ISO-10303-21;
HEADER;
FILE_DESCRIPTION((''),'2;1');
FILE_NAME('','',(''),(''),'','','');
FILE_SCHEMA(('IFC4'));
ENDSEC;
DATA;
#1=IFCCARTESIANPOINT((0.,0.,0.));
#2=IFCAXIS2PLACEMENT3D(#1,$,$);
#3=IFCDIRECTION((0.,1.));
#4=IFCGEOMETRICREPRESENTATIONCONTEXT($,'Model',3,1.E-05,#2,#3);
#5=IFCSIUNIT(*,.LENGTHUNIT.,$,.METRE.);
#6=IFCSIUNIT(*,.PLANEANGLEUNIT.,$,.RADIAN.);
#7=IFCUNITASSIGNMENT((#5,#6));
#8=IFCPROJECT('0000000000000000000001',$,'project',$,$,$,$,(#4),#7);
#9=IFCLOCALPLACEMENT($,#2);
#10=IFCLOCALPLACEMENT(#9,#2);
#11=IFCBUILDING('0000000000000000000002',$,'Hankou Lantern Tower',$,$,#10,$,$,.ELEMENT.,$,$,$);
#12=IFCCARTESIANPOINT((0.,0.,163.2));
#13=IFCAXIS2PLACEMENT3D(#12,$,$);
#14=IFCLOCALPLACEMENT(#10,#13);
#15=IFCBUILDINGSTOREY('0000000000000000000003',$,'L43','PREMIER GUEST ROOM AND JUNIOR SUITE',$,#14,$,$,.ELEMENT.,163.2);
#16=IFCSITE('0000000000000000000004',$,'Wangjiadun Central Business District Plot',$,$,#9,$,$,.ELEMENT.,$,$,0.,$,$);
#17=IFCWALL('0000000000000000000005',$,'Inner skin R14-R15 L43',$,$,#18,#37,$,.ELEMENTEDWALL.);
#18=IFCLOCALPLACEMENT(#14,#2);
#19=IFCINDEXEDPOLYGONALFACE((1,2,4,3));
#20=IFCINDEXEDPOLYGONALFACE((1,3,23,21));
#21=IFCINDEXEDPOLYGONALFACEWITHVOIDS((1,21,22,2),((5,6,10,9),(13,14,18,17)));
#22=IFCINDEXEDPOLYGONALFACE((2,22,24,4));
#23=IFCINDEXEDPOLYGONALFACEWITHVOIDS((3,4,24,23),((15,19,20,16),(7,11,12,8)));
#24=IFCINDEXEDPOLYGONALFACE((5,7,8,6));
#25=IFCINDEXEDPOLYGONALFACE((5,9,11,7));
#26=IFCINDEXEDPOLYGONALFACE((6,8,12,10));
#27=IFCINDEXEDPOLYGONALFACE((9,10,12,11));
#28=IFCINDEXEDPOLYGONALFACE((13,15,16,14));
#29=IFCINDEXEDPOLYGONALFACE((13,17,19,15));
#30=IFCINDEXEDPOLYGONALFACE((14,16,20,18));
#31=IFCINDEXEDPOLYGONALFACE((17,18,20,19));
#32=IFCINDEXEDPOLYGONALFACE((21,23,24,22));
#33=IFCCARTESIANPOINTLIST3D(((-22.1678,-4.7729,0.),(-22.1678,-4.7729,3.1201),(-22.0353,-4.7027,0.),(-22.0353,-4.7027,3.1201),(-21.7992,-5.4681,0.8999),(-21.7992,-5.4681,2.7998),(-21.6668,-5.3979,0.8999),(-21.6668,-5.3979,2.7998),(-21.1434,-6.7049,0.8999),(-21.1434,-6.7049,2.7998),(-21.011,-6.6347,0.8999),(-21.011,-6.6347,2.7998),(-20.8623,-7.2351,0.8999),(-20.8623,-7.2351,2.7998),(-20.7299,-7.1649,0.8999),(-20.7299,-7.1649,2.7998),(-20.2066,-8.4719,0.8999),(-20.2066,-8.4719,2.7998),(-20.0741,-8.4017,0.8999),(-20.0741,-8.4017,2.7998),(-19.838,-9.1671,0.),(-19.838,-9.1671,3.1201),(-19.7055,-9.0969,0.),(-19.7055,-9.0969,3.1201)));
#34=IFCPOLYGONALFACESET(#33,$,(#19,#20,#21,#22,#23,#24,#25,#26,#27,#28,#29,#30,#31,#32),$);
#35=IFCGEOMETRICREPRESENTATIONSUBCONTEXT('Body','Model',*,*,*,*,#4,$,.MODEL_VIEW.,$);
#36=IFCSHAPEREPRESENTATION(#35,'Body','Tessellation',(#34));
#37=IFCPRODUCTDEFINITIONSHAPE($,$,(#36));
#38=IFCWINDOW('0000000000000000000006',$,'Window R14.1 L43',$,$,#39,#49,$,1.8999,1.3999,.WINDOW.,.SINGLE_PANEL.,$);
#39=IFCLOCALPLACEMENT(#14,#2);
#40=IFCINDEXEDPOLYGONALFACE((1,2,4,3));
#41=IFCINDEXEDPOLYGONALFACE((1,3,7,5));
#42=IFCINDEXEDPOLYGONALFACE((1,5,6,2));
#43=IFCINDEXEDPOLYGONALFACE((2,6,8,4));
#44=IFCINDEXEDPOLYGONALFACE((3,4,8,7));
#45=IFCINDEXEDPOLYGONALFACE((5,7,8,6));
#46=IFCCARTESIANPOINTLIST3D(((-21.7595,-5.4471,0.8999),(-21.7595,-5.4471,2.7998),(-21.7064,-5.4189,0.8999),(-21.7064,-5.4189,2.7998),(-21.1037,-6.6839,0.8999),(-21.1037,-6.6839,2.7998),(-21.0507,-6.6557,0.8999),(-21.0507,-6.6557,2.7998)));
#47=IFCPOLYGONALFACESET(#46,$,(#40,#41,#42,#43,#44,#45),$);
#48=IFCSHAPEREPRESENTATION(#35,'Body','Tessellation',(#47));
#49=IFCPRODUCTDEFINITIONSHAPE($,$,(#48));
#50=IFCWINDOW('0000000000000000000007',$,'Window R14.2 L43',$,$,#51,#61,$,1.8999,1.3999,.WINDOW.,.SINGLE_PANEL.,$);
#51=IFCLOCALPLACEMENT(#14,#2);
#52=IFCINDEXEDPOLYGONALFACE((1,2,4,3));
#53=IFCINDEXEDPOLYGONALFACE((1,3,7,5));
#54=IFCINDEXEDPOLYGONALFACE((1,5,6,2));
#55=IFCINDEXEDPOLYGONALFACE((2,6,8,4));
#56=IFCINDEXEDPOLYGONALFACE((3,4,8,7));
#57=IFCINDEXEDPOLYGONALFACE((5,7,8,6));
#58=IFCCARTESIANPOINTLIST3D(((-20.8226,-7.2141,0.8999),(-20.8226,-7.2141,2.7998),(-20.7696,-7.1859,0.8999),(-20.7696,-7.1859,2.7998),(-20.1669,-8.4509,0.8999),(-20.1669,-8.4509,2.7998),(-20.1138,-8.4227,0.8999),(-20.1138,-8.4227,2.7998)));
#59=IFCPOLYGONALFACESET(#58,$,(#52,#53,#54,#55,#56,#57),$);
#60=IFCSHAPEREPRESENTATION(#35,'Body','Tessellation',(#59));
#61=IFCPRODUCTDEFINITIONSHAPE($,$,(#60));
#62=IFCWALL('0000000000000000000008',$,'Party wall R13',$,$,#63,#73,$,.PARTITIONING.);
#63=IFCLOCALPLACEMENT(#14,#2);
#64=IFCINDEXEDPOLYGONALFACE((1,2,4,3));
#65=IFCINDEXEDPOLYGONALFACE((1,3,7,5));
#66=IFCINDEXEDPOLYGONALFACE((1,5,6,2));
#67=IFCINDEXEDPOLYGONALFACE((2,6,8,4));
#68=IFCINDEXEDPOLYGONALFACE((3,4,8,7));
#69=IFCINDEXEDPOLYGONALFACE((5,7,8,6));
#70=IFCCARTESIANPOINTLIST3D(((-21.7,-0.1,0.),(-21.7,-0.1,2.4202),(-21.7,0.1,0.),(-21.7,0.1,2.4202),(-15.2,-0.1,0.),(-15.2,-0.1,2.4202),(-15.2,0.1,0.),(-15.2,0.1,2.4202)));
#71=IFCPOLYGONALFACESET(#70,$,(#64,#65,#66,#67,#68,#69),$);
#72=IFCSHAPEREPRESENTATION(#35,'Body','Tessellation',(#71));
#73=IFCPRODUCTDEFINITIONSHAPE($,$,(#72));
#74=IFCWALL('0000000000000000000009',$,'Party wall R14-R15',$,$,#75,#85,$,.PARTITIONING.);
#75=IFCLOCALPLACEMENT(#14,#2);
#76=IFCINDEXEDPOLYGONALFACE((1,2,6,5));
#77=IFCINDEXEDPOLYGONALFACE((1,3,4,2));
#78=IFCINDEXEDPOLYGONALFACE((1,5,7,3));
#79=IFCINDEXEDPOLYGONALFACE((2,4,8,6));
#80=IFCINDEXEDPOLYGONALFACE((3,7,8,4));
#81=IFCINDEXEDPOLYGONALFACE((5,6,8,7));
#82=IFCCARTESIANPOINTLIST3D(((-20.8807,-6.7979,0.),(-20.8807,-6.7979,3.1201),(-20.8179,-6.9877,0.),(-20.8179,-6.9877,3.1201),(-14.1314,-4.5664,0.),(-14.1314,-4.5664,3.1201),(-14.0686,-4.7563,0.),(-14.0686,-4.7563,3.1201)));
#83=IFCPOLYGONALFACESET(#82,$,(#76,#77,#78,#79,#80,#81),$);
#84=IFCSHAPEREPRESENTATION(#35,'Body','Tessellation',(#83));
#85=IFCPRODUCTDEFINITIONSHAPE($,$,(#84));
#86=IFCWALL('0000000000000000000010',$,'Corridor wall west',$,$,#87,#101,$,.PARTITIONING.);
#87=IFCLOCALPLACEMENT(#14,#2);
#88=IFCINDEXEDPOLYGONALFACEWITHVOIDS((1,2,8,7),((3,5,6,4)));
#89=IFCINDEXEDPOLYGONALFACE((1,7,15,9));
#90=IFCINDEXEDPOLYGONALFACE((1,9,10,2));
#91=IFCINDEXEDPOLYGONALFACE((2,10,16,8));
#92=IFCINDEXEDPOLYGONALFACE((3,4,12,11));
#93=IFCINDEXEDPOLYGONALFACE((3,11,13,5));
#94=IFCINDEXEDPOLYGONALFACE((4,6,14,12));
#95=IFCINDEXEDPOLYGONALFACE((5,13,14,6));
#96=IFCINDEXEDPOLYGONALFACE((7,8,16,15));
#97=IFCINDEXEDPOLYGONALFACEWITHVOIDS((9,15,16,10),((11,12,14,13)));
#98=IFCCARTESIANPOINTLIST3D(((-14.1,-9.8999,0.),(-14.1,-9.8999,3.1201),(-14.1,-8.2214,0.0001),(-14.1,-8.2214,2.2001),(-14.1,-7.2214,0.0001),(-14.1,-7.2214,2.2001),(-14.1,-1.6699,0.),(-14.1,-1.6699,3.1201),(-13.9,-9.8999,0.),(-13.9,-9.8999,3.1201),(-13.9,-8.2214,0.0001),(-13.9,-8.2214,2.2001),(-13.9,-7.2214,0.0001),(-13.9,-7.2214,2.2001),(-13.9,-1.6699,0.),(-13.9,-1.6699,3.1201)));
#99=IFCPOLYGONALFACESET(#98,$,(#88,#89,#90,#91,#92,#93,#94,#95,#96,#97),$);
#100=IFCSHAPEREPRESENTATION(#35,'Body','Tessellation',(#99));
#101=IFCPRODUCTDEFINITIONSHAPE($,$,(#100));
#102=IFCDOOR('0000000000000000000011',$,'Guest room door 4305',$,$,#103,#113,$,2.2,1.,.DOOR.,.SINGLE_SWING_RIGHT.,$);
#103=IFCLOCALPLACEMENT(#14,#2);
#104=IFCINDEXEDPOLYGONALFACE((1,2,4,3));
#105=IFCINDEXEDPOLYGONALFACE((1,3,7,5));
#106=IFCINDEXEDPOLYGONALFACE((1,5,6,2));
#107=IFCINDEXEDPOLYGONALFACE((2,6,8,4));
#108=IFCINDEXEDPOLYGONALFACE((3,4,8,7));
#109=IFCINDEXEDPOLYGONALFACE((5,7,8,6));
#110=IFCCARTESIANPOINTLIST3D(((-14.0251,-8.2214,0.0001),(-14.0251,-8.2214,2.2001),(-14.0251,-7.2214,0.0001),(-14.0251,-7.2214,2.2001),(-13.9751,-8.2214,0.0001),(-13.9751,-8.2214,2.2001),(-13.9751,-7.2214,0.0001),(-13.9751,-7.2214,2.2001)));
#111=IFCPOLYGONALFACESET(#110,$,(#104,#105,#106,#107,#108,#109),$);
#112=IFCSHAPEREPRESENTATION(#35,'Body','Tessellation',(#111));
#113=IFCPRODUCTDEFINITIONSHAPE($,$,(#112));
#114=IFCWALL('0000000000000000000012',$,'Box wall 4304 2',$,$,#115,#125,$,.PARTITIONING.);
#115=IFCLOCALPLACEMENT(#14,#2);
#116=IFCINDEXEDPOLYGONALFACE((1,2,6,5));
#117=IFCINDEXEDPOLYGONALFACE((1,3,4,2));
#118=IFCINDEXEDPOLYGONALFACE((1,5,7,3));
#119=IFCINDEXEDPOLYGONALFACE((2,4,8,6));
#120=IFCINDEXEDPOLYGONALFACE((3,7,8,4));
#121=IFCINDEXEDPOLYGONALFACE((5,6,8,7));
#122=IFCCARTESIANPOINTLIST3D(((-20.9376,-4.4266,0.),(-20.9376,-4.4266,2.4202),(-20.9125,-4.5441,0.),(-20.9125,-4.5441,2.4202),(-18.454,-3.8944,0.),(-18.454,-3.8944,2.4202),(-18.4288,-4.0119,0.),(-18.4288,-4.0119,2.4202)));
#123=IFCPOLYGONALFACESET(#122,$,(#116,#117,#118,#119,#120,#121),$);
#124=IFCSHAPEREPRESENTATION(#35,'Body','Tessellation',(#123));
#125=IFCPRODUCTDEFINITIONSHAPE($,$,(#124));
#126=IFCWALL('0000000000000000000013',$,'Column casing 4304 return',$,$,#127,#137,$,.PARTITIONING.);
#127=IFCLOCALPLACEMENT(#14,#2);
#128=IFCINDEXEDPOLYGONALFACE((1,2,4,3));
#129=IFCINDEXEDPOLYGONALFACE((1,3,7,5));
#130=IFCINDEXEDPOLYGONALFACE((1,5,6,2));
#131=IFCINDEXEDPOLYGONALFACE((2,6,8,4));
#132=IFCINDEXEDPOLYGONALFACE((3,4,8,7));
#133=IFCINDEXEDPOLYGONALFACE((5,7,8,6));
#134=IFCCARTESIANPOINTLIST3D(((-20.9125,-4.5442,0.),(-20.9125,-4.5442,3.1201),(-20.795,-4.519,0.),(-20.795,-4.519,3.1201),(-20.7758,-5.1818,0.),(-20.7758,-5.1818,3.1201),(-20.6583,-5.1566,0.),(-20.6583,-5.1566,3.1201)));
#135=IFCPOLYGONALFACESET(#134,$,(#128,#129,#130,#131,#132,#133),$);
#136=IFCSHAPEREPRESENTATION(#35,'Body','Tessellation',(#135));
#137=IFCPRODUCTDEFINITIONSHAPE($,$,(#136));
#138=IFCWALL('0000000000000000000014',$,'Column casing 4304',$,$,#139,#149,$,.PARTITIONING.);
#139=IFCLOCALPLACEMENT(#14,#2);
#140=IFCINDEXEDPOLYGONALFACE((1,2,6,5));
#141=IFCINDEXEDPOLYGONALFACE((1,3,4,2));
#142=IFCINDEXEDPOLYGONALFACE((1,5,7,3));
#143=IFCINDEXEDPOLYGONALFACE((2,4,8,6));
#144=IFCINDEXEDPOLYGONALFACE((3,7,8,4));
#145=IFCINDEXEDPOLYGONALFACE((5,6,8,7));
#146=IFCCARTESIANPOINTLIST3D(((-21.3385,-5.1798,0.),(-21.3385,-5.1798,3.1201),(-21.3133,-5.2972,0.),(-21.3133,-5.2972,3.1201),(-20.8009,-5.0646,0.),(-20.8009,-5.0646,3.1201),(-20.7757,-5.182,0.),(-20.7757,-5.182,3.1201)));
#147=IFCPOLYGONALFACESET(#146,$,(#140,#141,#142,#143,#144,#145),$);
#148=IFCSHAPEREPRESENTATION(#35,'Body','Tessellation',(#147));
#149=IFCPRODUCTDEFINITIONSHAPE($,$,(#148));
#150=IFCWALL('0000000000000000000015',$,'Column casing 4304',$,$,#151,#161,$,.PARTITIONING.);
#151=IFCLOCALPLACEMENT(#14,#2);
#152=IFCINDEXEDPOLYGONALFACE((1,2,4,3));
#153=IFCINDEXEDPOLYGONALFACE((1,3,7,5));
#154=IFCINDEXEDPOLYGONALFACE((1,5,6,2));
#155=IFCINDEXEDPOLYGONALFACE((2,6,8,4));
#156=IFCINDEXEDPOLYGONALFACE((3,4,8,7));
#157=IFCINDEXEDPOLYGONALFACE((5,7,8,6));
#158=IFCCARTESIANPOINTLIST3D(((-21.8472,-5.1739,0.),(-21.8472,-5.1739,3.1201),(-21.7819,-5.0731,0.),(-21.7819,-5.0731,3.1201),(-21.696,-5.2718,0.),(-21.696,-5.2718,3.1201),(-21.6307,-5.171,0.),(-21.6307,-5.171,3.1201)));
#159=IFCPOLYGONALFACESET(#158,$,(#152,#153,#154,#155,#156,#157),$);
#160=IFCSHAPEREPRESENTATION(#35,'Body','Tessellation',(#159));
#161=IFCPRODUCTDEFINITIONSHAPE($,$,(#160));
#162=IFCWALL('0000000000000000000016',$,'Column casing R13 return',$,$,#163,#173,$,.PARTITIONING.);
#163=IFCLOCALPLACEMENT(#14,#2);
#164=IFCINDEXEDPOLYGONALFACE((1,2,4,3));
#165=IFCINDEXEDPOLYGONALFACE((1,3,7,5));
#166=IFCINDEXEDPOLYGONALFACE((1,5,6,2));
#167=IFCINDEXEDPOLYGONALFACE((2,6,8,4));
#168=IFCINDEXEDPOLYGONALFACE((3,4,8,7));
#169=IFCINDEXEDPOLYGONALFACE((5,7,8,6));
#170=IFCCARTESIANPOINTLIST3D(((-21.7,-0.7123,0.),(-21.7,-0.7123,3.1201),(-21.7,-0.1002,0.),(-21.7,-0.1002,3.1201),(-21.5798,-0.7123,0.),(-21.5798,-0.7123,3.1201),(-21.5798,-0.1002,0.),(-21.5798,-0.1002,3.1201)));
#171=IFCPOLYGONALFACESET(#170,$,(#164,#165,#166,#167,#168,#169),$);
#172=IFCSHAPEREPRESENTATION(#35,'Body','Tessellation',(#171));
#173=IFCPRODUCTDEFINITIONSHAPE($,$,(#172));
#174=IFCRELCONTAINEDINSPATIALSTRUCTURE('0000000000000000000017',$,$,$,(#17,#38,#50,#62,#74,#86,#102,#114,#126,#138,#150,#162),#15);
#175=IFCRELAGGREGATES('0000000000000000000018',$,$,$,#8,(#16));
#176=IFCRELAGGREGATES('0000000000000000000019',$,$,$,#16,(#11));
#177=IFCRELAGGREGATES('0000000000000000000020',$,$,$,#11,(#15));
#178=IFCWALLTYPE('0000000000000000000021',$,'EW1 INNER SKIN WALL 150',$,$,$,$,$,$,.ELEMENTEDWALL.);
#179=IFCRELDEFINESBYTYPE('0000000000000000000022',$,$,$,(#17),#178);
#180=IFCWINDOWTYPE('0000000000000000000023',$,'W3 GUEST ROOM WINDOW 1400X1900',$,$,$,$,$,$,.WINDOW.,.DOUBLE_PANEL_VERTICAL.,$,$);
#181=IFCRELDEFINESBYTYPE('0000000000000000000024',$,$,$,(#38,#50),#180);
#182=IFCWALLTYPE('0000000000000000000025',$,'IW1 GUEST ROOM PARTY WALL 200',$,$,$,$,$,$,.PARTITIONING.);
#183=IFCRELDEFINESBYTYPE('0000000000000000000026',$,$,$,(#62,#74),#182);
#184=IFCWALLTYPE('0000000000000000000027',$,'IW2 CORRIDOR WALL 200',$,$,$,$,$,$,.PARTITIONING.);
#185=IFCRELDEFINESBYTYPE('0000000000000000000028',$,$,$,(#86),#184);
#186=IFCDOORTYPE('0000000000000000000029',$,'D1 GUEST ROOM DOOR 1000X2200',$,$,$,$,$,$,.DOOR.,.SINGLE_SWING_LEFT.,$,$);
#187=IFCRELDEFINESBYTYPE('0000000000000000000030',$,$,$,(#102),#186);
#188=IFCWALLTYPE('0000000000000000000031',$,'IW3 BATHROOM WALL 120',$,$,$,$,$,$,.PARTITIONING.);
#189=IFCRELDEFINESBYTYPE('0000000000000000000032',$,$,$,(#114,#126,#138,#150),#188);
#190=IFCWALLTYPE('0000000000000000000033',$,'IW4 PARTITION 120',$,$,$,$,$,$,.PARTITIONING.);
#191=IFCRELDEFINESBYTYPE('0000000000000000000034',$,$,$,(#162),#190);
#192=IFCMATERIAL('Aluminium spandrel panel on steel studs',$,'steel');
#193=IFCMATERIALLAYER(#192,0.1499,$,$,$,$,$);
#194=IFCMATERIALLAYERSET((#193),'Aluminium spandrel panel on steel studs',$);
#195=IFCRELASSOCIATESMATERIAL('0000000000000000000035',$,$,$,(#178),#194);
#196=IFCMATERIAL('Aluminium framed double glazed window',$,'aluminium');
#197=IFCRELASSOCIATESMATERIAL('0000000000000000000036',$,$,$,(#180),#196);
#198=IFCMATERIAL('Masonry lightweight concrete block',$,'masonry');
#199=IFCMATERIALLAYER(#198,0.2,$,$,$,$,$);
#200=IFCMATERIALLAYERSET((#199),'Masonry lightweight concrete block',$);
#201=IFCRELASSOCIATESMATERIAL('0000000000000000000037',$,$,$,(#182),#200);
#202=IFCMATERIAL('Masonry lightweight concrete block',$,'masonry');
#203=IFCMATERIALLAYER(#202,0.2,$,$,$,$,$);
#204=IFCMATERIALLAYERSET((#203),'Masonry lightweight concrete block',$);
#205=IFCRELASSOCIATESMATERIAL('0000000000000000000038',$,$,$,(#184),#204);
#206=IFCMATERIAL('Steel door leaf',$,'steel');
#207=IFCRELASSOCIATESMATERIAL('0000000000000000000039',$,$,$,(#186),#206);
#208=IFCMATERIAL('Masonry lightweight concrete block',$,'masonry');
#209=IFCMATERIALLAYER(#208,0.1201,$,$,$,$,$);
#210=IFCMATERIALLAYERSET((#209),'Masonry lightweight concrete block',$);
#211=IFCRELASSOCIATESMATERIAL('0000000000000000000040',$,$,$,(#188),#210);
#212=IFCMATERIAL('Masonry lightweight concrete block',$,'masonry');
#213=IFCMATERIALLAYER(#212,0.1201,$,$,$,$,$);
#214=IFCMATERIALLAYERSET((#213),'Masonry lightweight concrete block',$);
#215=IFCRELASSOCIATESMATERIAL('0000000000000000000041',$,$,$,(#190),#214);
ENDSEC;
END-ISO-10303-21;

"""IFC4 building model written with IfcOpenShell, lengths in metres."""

from ifc_helpers import new_model, si_unit, direction, frame, frame_2d, origin, place, context, subcontext, project, spatial, rectangle, extrude, material, layer, layer_set, type_object, element, fill, save


model = new_model("IFC4")

# Units and contexts
model_context = context("Model", 3, precision=1e-05, world=origin(), true_north=direction((0.0, 1.0)))
body_context = subcontext(model_context, "Body", "Model", "MODEL_VIEW")
ifc_project = project(units=[si_unit("LENGTHUNIT", "METRE"), si_unit("PLANEANGLEUNIT", "RADIAN")], contexts=[model_context])

# Site, building, storey
site_placement = place(None, origin())
site = spatial("IfcSite", under=ifc_project, at=site_placement, Name="Wangjiadun Central Business District Plot", CompositionType="ELEMENT", RefElevation=0.0)
building_placement = place(site_placement, origin())
building = spatial("IfcBuilding", under=site, at=building_placement, Name="Hankou Lantern Tower", CompositionType="ELEMENT")
storey_placement = place(building_placement, frame((0.0, 0.0, 163.2)))
storey = spatial("IfcBuildingStorey", under=building, at=storey_placement, Name="L43", Description="PREMIER GUEST ROOM AND JUNIOR SUITE", CompositionType="ELEMENT", Elevation=163.2)

# Wall, openings, windows
ifc_material_1 = material(Name="Aluminium spandrel panel on steel studs", Category="steel")
ifc_layer_1 = layer(ifc_material_1, 0.1499)
ifc_layer_set_1 = layer_set([ifc_layer_1], Name="Aluminium spandrel panel on steel studs")
wall_type_1 = type_object("IfcWallType", Name="EW1 INNER SKIN WALL 150", PredefinedType="ELEMENTEDWALL", material=ifc_layer_set_1)
ifc_material_2 = material(Name="Aluminium framed double glazed window", Category="aluminium")
window_type = type_object("IfcWindowType", Name="W3 GUEST ROOM WINDOW 1400X1900", PartitioningType="DOUBLE_PANEL_VERTICAL", PredefinedType="WINDOW", material=ifc_material_2)
wall_1_placement = place(storey_placement, frame((-22.1016, -4.7378, 0.0), z_axis=(0.0, 0.0, 1.0), x_axis=(0.468429, -0.883501, 0.0)))
wall_1 = element("IfcWall", 1, at=wall_1_placement, inside=storey, type_object=wall_type_1, Name="Inner skin R14-R15 L43", PredefinedType="ELEMENTEDWALL", context=body_context, shape_type="SweptSolid", body=[
    extrude(rectangle(XDim=4.9736, YDim=0.1499, at=frame_2d((2.4868, 0.0))), origin(), (0.0, 0.0, 1.0), 3.1201),
])
opening_1_placement = place(wall_1_placement, frame((0.7869, 0.0, 0.8999)))
opening_1 = element("IfcOpeningElement", 2, at=opening_1_placement, cuts=wall_1, PredefinedType="OPENING", context=body_context, shape_type="SweptSolid", body=[
    extrude(rectangle(XDim=1.3999, YDim=1.8999, at=frame_2d((0.7, 0.95))), frame((0.0, 0.085, 0.0), z_axis=(0.0, -1.0, 0.0), x_axis=(1.0, 0.0, 0.0)), (0.0, 0.0, 1.0), 0.1699),
])
opening_2_placement = place(wall_1_placement, frame((2.7869, 0.0, 0.8999)))
opening_2 = element("IfcOpeningElement", 3, at=opening_2_placement, cuts=wall_1, PredefinedType="OPENING", context=body_context, shape_type="SweptSolid", body=[
    extrude(rectangle(XDim=1.3999, YDim=1.8999, at=frame_2d((0.7, 0.95))), frame((0.0, 0.085, 0.0), z_axis=(0.0, -1.0, 0.0), x_axis=(1.0, 0.0, 0.0)), (0.0, 0.0, 1.0), 0.1699),
])
window_1_placement = place(opening_1_placement, origin())
window_1 = element("IfcWindow", 4, at=window_1_placement, inside=storey, type_object=window_type, Name="Window R14.1 L43", OverallHeight=1.8999, OverallWidth=1.3999, PartitioningType="SINGLE_PANEL", PredefinedType="WINDOW", context=body_context, shape_type="SweptSolid", body=[
    extrude(rectangle(XDim=1.3999, YDim=1.8999, at=frame_2d((0.7, 0.95))), frame((0.0, 0.03, 0.0), z_axis=(0.0, -1.0, 0.0), x_axis=(1.0, 0.0, 0.0)), (0.0, 0.0, 1.0), 0.0601),
])
fill(opening_1, window_1)
window_2_placement = place(opening_2_placement, origin())
window_2 = element("IfcWindow", 5, at=window_2_placement, inside=storey, type_object=window_type, Name="Window R14.2 L43", OverallHeight=1.8999, OverallWidth=1.3999, PartitioningType="SINGLE_PANEL", PredefinedType="WINDOW", context=body_context, shape_type="SweptSolid", body=[
    extrude(rectangle(XDim=1.3999, YDim=1.8999, at=frame_2d((0.7, 0.95))), frame((0.0, 0.03, 0.0), z_axis=(0.0, -1.0, 0.0), x_axis=(1.0, 0.0, 0.0)), (0.0, 0.0, 1.0), 0.0601),
])
fill(opening_2, window_2)

# Walls
ifc_material_3 = material(Name="Masonry lightweight concrete block", Category="masonry")
ifc_layer_2 = layer(ifc_material_3, 0.2)
ifc_layer_set_2 = layer_set([ifc_layer_2], Name="Masonry lightweight concrete block")
wall_type_2 = type_object("IfcWallType", Name="IW1 GUEST ROOM PARTY WALL 200", PredefinedType="PARTITIONING", material=ifc_layer_set_2)
wall_2_placement = place(storey_placement, frame((-15.2, 0.0, 0.0), z_axis=(0.0, 0.0, 1.0), x_axis=(-1.0, 0.0, 0.0)))
element("IfcWall", 6, at=wall_2_placement, inside=storey, type_object=wall_type_2, Name="Party wall R13", PredefinedType="PARTITIONING", context=body_context, shape_type="SweptSolid", body=[
    extrude(rectangle(XDim=6.5, YDim=0.2, at=frame_2d((3.25, 0.0))), origin(), (0.0, 0.0, 1.0), 2.4202),
])
wall_3_placement = place(storey_placement, frame((-14.1001, -4.6614, 0.0), z_axis=(0.0, 0.0, 1.0), x_axis=(-0.949453, -0.313909, 0.0)))
element("IfcWall", 7, at=wall_3_placement, inside=storey, type_object=wall_type_2, Name="Party wall R14-R15", PredefinedType="PARTITIONING", context=body_context, shape_type="SweptSolid", body=[
    extrude(rectangle(XDim=7.1086, YDim=0.2, at=frame_2d((3.5542, 0.0))), origin(), (0.0, 0.0, 1.0), 3.1201),
])

# Wall, opening, door
ifc_material_4 = material(Name="Masonry lightweight concrete block", Category="masonry")
ifc_layer_3 = layer(ifc_material_4, 0.2)
ifc_layer_set_3 = layer_set([ifc_layer_3], Name="Masonry lightweight concrete block")
wall_type_3 = type_object("IfcWallType", Name="IW2 CORRIDOR WALL 200", PredefinedType="PARTITIONING", material=ifc_layer_set_3)
wall_4_placement = place(storey_placement, frame((-14.0, -1.6699, 0.0), z_axis=(0.0, 0.0, 1.0), x_axis=(0.0, -1.0, 0.0)))
wall_4 = element("IfcWall", 8, at=wall_4_placement, inside=storey, type_object=wall_type_3, Name="Corridor wall west", PredefinedType="PARTITIONING", context=body_context, shape_type="SweptSolid", body=[
    extrude(rectangle(XDim=8.23, YDim=0.2, at=frame_2d((4.115, 0.0))), origin(), (0.0, 0.0, 1.0), 3.1201),
])
opening_3_placement = place(wall_4_placement, frame((5.5515, 0.0, 0.0)))
opening_3 = element("IfcOpeningElement", 9, at=opening_3_placement, cuts=wall_4, PredefinedType="OPENING", context=body_context, shape_type="SweptSolid", body=[
    extrude(rectangle(XDim=1.0, YDim=2.2, at=frame_2d((0.5, 1.1001))), frame((0.0, 0.1099, 0.0), z_axis=(0.0, -1.0, 0.0), x_axis=(1.0, 0.0, 0.0)), (0.0, 0.0, 1.0), 0.22),
])
ifc_material_5 = material(Name="Steel door leaf", Category="steel")
door_type = type_object("IfcDoorType", Name="D1 GUEST ROOM DOOR 1000X2200", OperationType="SINGLE_SWING_LEFT", PredefinedType="DOOR", material=ifc_material_5)
door_placement = place(opening_3_placement, origin())
door = element("IfcDoor", 10, at=door_placement, inside=storey, type_object=door_type, Name="Guest room door 4305", OperationType="SINGLE_SWING_RIGHT", OverallHeight=2.2, OverallWidth=1.0, PredefinedType="DOOR", context=body_context, shape_type="SweptSolid", body=[
    extrude(rectangle(XDim=1.0, YDim=2.2, at=frame_2d((0.5, 1.1001))), frame((0.0, 0.0249, 0.0), z_axis=(0.0, -1.0, 0.0), x_axis=(1.0, 0.0, 0.0)), (0.0, 0.0, 1.0), 0.05),
])
fill(opening_3, door)

# Walls
ifc_material_6 = material(Name="Masonry lightweight concrete block", Category="masonry")
ifc_layer_4 = layer(ifc_material_6, 0.1201)
ifc_layer_set_4 = layer_set([ifc_layer_4], Name="Masonry lightweight concrete block")
wall_type_4 = type_object("IfcWallType", Name="IW3 BATHROOM WALL 120", PredefinedType="PARTITIONING", material=ifc_layer_set_4)
wall_5_placement = place(storey_placement, frame((-18.4414, -3.9531, 0.0), z_axis=(0.0, 0.0, 1.0), x_axis=(-0.977801, -0.209536, 0.0)))
element("IfcWall", 11, at=wall_5_placement, inside=storey, type_object=wall_type_4, Name="Box wall 4304 2", PredefinedType="PARTITIONING", context=body_context, shape_type="SweptSolid", body=[
    extrude(rectangle(XDim=2.54, YDim=0.1201, at=frame_2d((1.27, 0.0))), origin(), (0.0, 0.0, 1.0), 2.4202),
])
wall_6_placement = place(storey_placement, frame((-20.8538, -4.5315, 0.0), z_axis=(0.0, 0.0, 1.0), x_axis=(0.209631, -0.97778, 0.0)))
element("IfcWall", 12, at=wall_6_placement, inside=storey, type_object=wall_type_4, Name="Column casing 4304 return", PredefinedType="PARTITIONING", context=body_context, shape_type="SweptSolid", body=[
    extrude(rectangle(XDim=0.6521, YDim=0.1201, at=frame_2d((0.3262, 0.0))), origin(), (0.0, 0.0, 1.0), 3.1201),
])
wall_7_placement = place(storey_placement, frame((-20.7883, -5.1233, 0.0), z_axis=(0.0, 0.0, 1.0), x_axis=(-0.977789, -0.20959, 0.0)))
element("IfcWall", 13, at=wall_7_placement, inside=storey, type_object=wall_type_4, Name="Column casing 4304", PredefinedType="PARTITIONING", context=body_context, shape_type="SweptSolid", body=[
    extrude(rectangle(XDim=0.5498, YDim=0.1201, at=frame_2d((0.2749, 0.0))), origin(), (0.0, 0.0, 1.0), 3.1201),
])
wall_8_placement = place(storey_placement, frame((-21.6633, -5.2214, 0.0), z_axis=(0.0, 0.0, 1.0), x_axis=(-0.839279, 0.543701, 0.0)))
element("IfcWall", 14, at=wall_8_placement, inside=storey, type_object=wall_type_4, Name="Column casing 4304", PredefinedType="PARTITIONING", context=body_context, shape_type="SweptSolid", body=[
    extrude(rectangle(XDim=0.1802, YDim=0.1201, at=frame_2d((0.0901, 0.0))), origin(), (0.0, 0.0, 1.0), 3.1201),
])
ifc_material_7 = material(Name="Masonry lightweight concrete block", Category="masonry")
ifc_layer_5 = layer(ifc_material_7, 0.1201)
ifc_layer_set_5 = layer_set([ifc_layer_5], Name="Masonry lightweight concrete block")
wall_type_5 = type_object("IfcWallType", Name="IW4 PARTITION 120", PredefinedType="PARTITIONING", material=ifc_layer_set_5)
wall_9_placement = place(storey_placement, frame((-21.6399, -0.1001, 0.0), z_axis=(0.0, 0.0, 1.0), x_axis=(0.0, -1.0, 0.0)))
element("IfcWall", 15, at=wall_9_placement, inside=storey, type_object=wall_type_5, Name="Column casing R13 return", PredefinedType="PARTITIONING", context=body_context, shape_type="SweptSolid", body=[
    extrude(rectangle(XDim=0.6121, YDim=0.1201, at=frame_2d((0.3062, 0.0))), origin(), (0.0, 0.0, 1.0), 3.1201),
])

save(model, "model.ifc")
